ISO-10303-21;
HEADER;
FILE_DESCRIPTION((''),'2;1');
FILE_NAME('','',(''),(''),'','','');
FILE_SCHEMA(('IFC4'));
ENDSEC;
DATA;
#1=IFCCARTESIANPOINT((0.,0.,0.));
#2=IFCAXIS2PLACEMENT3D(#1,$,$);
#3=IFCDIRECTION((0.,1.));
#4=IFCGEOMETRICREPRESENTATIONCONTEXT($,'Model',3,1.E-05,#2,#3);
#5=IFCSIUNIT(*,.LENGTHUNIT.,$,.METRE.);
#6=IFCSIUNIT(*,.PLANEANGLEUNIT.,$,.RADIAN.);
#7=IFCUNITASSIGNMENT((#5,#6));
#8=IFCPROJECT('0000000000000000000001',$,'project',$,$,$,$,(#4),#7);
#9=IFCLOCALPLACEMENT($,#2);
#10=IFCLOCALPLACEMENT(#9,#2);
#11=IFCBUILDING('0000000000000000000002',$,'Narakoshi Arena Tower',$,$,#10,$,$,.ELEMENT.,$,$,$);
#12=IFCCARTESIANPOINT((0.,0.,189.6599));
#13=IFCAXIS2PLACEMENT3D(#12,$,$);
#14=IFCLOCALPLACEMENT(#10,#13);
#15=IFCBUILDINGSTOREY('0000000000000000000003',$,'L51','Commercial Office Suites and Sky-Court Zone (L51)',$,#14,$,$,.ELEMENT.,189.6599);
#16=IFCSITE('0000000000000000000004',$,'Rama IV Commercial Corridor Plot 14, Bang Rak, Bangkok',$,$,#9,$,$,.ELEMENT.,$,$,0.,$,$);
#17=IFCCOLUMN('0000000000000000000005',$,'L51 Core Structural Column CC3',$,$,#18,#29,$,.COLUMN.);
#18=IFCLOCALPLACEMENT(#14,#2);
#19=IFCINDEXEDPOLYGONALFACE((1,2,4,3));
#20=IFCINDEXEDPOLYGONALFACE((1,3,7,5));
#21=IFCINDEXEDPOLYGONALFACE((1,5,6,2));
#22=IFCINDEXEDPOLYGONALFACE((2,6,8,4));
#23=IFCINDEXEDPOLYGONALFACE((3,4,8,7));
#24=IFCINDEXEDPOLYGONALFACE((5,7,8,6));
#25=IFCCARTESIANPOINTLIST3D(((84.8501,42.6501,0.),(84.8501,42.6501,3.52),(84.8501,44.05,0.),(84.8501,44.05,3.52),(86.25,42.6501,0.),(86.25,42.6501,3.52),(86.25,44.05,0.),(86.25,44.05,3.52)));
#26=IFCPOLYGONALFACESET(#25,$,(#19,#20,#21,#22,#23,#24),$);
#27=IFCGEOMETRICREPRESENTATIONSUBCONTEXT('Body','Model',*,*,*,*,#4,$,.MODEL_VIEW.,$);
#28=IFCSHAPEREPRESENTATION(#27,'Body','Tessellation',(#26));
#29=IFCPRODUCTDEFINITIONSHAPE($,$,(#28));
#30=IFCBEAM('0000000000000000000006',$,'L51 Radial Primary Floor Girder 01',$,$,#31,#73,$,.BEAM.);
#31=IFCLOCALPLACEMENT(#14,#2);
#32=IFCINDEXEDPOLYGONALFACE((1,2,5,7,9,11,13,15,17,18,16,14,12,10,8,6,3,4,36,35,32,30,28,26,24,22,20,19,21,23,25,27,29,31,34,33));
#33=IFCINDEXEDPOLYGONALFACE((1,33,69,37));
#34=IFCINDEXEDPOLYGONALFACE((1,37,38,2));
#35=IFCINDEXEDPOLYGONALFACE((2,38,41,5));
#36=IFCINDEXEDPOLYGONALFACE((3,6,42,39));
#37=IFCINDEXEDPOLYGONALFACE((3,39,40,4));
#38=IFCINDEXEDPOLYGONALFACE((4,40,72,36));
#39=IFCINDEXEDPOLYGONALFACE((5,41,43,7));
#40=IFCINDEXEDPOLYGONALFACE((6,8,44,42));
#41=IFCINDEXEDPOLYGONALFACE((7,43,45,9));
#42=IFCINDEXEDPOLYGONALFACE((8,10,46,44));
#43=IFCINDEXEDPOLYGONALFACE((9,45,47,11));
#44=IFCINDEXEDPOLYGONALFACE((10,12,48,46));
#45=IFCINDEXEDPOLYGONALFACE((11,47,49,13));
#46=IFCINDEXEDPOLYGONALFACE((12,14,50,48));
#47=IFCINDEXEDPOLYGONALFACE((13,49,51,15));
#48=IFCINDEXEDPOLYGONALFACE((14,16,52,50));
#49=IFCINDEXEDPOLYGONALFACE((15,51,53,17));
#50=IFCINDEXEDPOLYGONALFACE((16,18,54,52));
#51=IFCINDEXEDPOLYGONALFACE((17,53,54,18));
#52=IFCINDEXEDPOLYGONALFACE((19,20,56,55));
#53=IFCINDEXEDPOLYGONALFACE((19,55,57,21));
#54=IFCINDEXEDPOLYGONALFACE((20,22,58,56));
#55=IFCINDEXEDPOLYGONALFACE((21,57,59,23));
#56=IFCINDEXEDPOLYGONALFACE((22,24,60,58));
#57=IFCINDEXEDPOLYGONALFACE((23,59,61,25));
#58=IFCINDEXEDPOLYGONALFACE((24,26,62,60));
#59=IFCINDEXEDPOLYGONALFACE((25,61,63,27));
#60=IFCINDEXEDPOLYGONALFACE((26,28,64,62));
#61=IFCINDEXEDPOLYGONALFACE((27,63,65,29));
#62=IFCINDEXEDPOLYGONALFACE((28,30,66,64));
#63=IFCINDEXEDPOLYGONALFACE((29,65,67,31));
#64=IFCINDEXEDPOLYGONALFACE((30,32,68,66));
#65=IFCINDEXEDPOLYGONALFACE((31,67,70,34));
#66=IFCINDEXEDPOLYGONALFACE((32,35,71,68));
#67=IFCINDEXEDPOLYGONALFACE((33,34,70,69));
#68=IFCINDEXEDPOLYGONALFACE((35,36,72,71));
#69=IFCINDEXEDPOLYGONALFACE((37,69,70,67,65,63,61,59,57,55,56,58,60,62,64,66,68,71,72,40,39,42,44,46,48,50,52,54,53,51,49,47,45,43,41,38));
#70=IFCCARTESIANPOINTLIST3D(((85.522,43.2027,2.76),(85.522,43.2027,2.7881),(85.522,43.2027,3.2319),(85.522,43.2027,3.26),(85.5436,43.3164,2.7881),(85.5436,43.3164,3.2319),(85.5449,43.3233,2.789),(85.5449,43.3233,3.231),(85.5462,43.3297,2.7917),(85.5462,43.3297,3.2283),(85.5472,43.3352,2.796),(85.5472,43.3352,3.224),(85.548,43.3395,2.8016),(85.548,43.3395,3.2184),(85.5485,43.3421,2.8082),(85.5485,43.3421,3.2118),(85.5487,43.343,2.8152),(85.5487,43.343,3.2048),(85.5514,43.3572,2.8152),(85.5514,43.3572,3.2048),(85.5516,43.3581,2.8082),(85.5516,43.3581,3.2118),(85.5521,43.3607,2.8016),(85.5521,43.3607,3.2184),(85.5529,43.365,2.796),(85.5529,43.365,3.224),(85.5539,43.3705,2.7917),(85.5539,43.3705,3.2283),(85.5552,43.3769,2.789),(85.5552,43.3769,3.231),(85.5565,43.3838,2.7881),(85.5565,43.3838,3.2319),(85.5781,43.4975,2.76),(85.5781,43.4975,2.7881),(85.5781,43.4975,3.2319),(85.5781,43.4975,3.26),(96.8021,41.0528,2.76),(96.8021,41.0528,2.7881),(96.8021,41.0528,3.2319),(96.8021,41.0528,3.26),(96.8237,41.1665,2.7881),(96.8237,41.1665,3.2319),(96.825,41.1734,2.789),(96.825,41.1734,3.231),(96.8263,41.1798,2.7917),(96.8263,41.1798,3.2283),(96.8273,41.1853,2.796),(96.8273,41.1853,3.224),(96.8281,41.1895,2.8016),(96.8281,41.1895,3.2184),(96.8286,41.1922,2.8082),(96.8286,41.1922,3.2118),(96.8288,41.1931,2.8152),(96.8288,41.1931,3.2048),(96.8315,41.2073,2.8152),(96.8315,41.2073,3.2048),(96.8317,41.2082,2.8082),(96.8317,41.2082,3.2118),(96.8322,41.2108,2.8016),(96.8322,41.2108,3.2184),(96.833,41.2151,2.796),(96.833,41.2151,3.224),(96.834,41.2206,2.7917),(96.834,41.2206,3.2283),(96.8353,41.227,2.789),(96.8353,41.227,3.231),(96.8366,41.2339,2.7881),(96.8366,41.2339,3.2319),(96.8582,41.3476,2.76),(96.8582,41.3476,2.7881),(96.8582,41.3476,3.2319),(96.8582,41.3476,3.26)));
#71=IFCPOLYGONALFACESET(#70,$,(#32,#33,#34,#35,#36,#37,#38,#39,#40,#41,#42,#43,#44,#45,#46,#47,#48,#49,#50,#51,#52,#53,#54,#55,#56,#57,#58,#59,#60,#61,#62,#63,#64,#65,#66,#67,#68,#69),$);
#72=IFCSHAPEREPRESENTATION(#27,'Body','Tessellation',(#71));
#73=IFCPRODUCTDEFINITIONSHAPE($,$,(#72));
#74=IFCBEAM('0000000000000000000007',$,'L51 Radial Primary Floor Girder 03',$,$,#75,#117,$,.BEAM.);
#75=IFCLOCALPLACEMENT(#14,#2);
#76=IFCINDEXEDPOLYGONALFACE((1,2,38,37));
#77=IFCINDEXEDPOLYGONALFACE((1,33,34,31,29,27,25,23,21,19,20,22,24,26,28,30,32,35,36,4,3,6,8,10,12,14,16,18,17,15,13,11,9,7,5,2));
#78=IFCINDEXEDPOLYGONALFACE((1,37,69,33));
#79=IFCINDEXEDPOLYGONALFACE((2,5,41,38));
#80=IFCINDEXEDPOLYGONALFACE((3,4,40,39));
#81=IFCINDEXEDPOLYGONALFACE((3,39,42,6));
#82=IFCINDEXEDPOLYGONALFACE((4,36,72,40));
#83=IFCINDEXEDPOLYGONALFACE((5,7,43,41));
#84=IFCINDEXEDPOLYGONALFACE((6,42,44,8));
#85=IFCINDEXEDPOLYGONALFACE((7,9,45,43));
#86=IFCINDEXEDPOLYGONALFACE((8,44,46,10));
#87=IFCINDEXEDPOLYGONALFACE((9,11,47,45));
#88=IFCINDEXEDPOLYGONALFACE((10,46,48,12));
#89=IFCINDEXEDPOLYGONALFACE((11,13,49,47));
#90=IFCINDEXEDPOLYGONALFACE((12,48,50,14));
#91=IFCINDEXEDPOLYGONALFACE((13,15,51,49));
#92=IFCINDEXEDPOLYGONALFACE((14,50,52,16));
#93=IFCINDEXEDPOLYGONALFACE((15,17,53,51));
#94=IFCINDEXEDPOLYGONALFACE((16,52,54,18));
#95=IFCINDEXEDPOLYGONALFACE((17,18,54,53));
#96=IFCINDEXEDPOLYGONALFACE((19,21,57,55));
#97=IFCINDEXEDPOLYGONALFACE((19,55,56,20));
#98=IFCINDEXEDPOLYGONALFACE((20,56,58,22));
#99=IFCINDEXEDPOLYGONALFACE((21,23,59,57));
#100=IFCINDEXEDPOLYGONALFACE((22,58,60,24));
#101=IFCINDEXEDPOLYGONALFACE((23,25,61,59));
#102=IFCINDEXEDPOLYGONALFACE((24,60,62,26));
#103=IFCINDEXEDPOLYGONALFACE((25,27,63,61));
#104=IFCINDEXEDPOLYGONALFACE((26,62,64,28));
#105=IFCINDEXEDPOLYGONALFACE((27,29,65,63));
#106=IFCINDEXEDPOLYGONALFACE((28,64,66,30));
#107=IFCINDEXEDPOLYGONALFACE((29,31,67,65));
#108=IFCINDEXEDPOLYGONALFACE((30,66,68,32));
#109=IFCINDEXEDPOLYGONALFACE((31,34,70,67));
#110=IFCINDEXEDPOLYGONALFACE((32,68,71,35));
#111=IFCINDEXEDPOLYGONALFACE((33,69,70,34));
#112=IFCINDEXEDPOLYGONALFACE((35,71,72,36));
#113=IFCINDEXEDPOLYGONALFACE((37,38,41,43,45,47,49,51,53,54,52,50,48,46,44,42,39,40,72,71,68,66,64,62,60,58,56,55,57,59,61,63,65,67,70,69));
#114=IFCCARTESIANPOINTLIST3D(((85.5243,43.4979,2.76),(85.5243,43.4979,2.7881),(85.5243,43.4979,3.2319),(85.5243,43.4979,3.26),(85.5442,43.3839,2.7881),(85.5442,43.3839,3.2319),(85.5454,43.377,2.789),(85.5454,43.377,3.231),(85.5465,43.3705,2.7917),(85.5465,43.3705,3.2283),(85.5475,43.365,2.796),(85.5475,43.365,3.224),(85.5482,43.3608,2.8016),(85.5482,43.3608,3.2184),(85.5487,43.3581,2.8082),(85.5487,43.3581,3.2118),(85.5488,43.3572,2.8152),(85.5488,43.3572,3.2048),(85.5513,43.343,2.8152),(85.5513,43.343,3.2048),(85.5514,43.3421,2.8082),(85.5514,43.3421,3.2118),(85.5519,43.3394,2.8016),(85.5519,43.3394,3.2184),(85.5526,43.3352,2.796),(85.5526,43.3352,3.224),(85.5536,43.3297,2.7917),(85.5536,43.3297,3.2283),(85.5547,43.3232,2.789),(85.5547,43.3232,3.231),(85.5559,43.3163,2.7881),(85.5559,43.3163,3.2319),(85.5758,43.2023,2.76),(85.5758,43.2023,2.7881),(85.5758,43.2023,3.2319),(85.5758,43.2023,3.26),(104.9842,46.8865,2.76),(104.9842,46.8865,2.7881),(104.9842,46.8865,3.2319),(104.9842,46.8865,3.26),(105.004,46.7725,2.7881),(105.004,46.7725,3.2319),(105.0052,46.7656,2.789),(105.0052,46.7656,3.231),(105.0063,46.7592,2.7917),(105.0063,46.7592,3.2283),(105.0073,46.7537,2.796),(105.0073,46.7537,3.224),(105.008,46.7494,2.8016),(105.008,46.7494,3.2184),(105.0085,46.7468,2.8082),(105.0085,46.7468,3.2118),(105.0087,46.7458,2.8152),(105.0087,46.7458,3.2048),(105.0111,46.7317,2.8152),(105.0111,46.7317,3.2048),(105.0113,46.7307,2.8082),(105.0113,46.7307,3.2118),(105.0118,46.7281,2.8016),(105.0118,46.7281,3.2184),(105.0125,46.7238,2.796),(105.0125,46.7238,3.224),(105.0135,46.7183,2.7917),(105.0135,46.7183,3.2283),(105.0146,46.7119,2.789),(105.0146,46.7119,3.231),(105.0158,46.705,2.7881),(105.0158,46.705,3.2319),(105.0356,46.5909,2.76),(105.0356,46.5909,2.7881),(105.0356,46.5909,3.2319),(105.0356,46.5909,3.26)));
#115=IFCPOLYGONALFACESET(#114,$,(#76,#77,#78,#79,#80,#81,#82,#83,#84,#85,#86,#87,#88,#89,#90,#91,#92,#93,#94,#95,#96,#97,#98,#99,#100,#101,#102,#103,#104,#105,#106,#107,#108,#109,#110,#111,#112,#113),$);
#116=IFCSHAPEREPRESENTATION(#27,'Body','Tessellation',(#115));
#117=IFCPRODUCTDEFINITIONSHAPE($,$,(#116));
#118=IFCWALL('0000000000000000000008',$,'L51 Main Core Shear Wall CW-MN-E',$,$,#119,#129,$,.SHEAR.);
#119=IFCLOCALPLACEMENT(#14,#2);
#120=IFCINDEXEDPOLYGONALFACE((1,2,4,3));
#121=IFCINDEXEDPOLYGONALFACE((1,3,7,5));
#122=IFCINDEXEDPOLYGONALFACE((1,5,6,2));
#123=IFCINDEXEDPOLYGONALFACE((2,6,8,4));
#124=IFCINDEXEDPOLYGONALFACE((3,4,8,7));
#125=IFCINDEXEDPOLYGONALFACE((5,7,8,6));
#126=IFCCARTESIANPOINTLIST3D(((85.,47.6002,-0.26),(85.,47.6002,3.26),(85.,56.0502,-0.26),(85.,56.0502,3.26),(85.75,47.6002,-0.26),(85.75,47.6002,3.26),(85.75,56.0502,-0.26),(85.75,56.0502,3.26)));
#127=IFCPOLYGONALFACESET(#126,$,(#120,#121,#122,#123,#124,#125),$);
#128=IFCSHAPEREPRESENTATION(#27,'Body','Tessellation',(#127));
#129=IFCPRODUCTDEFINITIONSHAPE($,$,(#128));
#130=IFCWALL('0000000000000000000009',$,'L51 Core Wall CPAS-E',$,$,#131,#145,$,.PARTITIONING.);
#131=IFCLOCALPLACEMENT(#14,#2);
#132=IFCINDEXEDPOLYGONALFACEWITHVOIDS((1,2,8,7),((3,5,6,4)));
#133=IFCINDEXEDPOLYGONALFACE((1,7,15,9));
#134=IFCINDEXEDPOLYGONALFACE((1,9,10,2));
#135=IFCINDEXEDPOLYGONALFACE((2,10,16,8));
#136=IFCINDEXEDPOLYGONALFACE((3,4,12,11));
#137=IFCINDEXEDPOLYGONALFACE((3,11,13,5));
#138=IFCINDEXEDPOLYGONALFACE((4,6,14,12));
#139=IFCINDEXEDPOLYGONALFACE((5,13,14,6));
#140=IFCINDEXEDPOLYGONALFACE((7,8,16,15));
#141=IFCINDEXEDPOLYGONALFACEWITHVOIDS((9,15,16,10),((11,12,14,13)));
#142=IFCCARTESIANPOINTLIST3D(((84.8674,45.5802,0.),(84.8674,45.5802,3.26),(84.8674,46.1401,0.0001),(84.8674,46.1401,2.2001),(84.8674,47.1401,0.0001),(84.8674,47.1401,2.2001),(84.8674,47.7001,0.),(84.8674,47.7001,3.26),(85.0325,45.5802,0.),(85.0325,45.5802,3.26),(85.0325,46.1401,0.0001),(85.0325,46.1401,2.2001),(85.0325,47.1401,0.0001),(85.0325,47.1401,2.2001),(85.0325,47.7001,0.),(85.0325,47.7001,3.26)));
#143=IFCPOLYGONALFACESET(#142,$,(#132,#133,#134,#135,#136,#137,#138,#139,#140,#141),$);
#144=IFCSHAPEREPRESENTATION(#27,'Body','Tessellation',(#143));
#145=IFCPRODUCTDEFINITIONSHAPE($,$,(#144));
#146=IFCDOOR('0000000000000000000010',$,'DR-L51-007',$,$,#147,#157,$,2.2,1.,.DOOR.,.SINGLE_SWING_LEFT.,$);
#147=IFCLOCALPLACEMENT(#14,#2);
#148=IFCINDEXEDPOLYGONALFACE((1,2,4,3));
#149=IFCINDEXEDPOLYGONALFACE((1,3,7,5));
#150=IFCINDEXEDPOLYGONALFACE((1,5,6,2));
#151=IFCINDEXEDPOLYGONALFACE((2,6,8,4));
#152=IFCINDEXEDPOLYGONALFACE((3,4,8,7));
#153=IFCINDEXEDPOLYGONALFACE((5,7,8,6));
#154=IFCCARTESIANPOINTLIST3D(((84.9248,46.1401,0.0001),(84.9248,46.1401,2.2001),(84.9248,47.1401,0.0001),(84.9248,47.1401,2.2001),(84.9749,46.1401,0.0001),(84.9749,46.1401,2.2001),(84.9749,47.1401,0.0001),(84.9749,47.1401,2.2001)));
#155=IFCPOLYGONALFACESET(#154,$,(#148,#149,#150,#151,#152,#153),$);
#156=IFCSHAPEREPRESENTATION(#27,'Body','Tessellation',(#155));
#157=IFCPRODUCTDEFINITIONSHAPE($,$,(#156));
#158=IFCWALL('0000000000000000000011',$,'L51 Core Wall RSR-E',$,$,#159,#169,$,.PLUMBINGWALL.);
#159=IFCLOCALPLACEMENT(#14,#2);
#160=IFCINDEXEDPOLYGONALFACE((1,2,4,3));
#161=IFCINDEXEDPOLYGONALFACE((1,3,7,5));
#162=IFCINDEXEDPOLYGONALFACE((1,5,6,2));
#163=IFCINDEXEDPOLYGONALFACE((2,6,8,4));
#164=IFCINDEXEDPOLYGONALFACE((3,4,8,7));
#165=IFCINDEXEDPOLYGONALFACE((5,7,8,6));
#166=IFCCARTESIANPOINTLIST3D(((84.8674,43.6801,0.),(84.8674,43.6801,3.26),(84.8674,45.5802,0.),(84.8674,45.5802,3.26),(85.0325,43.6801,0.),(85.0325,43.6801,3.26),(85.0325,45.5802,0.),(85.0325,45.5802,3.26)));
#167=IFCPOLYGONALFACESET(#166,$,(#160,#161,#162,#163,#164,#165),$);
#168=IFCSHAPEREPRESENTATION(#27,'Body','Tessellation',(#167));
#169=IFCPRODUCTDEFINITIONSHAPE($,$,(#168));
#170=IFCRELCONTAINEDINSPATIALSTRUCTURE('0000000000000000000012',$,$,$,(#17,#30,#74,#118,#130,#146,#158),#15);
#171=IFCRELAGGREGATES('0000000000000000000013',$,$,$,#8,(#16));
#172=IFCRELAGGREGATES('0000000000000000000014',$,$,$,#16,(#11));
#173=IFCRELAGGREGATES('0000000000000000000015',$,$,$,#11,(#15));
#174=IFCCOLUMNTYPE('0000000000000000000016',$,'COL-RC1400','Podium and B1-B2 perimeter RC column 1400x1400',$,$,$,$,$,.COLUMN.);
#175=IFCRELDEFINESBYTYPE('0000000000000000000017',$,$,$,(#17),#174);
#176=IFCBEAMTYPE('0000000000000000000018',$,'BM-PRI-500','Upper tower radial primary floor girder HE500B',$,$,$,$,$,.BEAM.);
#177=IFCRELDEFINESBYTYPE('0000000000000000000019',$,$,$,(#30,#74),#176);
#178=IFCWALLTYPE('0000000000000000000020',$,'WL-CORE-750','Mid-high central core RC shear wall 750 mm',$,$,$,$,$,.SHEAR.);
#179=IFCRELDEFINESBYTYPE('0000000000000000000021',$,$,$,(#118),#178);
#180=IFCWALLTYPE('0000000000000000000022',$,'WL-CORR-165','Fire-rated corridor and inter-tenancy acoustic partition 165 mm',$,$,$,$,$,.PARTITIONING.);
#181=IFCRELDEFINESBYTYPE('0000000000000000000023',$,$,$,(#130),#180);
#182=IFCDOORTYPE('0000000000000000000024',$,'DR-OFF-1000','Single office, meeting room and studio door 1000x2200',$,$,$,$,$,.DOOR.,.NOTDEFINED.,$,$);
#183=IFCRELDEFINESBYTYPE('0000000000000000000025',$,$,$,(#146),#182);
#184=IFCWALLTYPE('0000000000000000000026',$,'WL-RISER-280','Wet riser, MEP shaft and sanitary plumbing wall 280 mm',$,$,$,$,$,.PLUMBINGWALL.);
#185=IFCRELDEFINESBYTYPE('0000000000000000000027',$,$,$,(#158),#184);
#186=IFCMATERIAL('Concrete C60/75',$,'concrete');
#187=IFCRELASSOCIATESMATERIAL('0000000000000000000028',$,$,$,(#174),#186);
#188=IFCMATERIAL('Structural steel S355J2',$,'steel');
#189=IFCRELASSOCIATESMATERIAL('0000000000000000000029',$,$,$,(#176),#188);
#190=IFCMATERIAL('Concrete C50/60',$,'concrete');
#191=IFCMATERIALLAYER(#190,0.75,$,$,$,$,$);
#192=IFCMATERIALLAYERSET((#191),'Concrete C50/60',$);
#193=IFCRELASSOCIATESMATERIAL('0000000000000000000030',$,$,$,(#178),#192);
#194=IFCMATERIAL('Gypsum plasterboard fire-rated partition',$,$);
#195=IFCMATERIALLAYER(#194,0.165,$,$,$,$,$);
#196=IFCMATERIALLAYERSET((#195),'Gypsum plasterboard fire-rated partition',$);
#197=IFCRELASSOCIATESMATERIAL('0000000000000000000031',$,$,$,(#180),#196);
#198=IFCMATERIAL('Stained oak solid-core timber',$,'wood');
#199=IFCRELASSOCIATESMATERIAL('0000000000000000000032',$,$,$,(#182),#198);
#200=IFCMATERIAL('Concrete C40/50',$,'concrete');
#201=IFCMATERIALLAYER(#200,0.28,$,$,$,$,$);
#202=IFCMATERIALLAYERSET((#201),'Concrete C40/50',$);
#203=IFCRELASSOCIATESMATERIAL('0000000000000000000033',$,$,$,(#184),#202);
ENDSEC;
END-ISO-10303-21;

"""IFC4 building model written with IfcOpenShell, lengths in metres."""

from ifc_helpers import new_model, si_unit, direction, frame, frame_2d, origin, origin_2d, place, context, subcontext, project, spatial, rectangle, i_section, extrude, material, layer, layer_set, material_profile, profile_set, type_object, element, fill, save


model = new_model("IFC4")

# Units and contexts
model_context = context("Model", 3, precision=1e-05, world=origin(), true_north=direction((0.0, 1.0)))
body_context = subcontext(model_context, "Body", "Model", "MODEL_VIEW")
ifc_project = project(units=[si_unit("LENGTHUNIT", "METRE"), si_unit("PLANEANGLEUNIT", "RADIAN")], contexts=[model_context])

# Site, building, storey
site_placement = place(None, origin())
site = spatial("IfcSite", under=ifc_project, at=site_placement, Name="Rama IV Commercial Corridor Plot 14, Bang Rak, Bangkok", CompositionType="ELEMENT", RefElevation=0.0)
building_placement = place(site_placement, origin())
building = spatial("IfcBuilding", under=site, at=building_placement, Name="Narakoshi Arena Tower", CompositionType="ELEMENT")
storey_placement = place(building_placement, frame((0.0, 0.0, 189.6599)))
storey = spatial("IfcBuildingStorey", under=building, at=storey_placement, Name="L51", Description="Commercial Office Suites and Sky-Court Zone (L51)", CompositionType="ELEMENT", Elevation=189.6599)

# Column
ifc_material_1 = material(Name="Concrete C60/75", Category="concrete")
ifc_material_profile_1 = material_profile(ifc_material_1, rectangle(XDim=1.3999, YDim=1.3999, at=origin_2d()), Name="RC1400x1400")
ifc_profile_set_1 = profile_set([ifc_material_profile_1], Name="Concrete C60/75")
column_type = type_object("IfcColumnType", Name="COL-RC1400", Description="Podium and B1-B2 perimeter RC column 1400x1400", PredefinedType="COLUMN", material=ifc_profile_set_1)
column_placement = place(storey_placement, frame((85.55, 43.3501, 0.0), z_axis=(0.0, 0.0, 1.0), x_axis=(1.0, 0.0, 0.0)))
element("IfcColumn", 1, at=column_placement, inside=storey, type_object=column_type, Name="L51 Core Structural Column CC3", PredefinedType="COLUMN", context=body_context, shape_type="SweptSolid", body=[
    extrude(rectangle(XDim=1.3999, YDim=1.3999, at=origin_2d()), origin(), (0.0, 0.0, 1.0), 3.52),
])

# Beams
ifc_material_2 = material(Name="Structural steel S355J2", Category="steel")
ifc_material_profile_2 = material_profile(ifc_material_2, i_section(OverallWidth=0.3, OverallDepth=0.5, WebThickness=0.0144, FlangeThickness=0.0281, FilletRadius=0.0271, at=origin_2d()), Name="HE500B")
ifc_profile_set_2 = profile_set([ifc_material_profile_2], Name="Structural steel S355J2")
beam_type = type_object("IfcBeamType", Name="BM-PRI-500", Description="Upper tower radial primary floor girder HE500B", PredefinedType="BEAM", material=ifc_profile_set_2)
beam_1_placement = place(storey_placement, frame((85.55, 43.3501, 3.01), z_axis=(0.982317, -0.187223, 0.0), x_axis=(0.187223, 0.982317, 0.0)))
element("IfcBeam", 2, at=beam_1_placement, inside=storey, type_object=beam_type, Name="L51 Radial Primary Floor Girder 01", PredefinedType="BEAM", context=body_context, shape_type="SweptSolid", body=[
    extrude(i_section(OverallWidth=0.3, OverallDepth=0.5, WebThickness=0.0144, FlangeThickness=0.0281, FilletRadius=0.0271, at=origin_2d()), origin(), (0.0, 0.0, 1.0), 11.4832),
])
beam_2_placement = place(storey_placement, frame((85.55, 43.3501, 3.01), z_axis=(0.985175, 0.171554, 0.0), x_axis=(-0.171554, 0.985175, 0.0)))
element("IfcBeam", 3, at=beam_2_placement, inside=storey, type_object=beam_type, Name="L51 Radial Primary Floor Girder 03", PredefinedType="BEAM", context=body_context, shape_type="SweptSolid", body=[
    extrude(i_section(OverallWidth=0.3, OverallDepth=0.5, WebThickness=0.0144, FlangeThickness=0.0281, FilletRadius=0.0271, at=origin_2d()), origin(), (0.0, 0.0, 1.0), 19.7527),
])

# Wall
ifc_material_3 = material(Name="Concrete C50/60", Category="concrete")
ifc_layer_1 = layer(ifc_material_3, 0.75)
ifc_layer_set_1 = layer_set([ifc_layer_1], Name="Concrete C50/60")
wall_type_1 = type_object("IfcWallType", Name="WL-CORE-750", Description="Mid-high central core RC shear wall 750 mm", PredefinedType="SHEAR", material=ifc_layer_set_1)
wall_1_placement = place(storey_placement, frame((85.375, 47.6001, -0.26), z_axis=(0.0, 0.0, 1.0), x_axis=(0.0, 1.0, 0.0)))
element("IfcWall", 4, at=wall_1_placement, inside=storey, type_object=wall_type_1, Name="L51 Main Core Shear Wall CW-MN-E", PredefinedType="SHEAR", context=body_context, shape_type="SweptSolid", body=[
    extrude(rectangle(XDim=8.45, YDim=0.75, at=frame_2d((4.2251, 0.0))), origin(), (0.0, 0.0, 1.0), 3.52),
])

# Wall, opening, door
ifc_material_4 = material(Name="Gypsum plasterboard fire-rated partition")
ifc_layer_2 = layer(ifc_material_4, 0.165)
ifc_layer_set_2 = layer_set([ifc_layer_2], Name="Gypsum plasterboard fire-rated partition")
wall_type_2 = type_object("IfcWallType", Name="WL-CORR-165", Description="Fire-rated corridor and inter-tenancy acoustic partition 165 mm", PredefinedType="PARTITIONING", material=ifc_layer_set_2)
wall_2_placement = place(storey_placement, frame((84.95, 45.5801, 0.0), z_axis=(0.0, 0.0, 1.0), x_axis=(0.0, 1.0, 0.0)))
wall_2 = element("IfcWall", 5, at=wall_2_placement, inside=storey, type_object=wall_type_2, Name="L51 Core Wall CPAS-E", PredefinedType="PARTITIONING", context=body_context, shape_type="SweptSolid", body=[
    extrude(rectangle(XDim=2.1199, YDim=0.165, at=frame_2d((1.0601, 0.0))), origin(), (0.0, 0.0, 1.0), 3.26),
])
opening_1_placement = place(wall_2_placement, frame((0.5601, 0.0, 0.0)))
opening_1 = element("IfcOpeningElement", 6, at=opening_1_placement, cuts=wall_2, PredefinedType="OPENING", context=body_context, shape_type="SweptSolid", body=[
    extrude(rectangle(XDim=1.0, YDim=2.2, at=frame_2d((0.5, 1.1001))), frame((0.0, 0.0925, 0.0), z_axis=(0.0, -1.0, 0.0), x_axis=(1.0, 0.0, 0.0)), (0.0, 0.0, 1.0), 0.1851),
])
ifc_material_5 = material(Name="Stained oak solid-core timber", Category="wood")
door_type_1 = type_object("IfcDoorType", Name="DR-OFF-1000", Description="Single office, meeting room and studio door 1000x2200", OperationType="NOTDEFINED", PredefinedType="DOOR", material=ifc_material_5)
door_1_placement = place(opening_1_placement, frame((1.0, 0.0, 0.0), z_axis=(0.0, 0.0, 1.0), x_axis=(-1.0, 0.0, 0.0)))
door_1 = element("IfcDoor", 7, at=door_1_placement, inside=storey, type_object=door_type_1, Name="DR-L51-007", OperationType="SINGLE_SWING_LEFT", OverallHeight=2.2, OverallWidth=1.0, PredefinedType="DOOR", context=body_context, shape_type="SweptSolid", body=[
    extrude(rectangle(XDim=1.0, YDim=2.2, at=frame_2d((0.5, 1.1001))), frame((0.0, 0.0249, 0.0), z_axis=(0.0, -1.0, 0.0), x_axis=(1.0, 0.0, 0.0)), (0.0, 0.0, 1.0), 0.05),
])
fill(opening_1, door_1)

# Wall
ifc_material_6 = material(Name="Concrete C40/50", Category="concrete")
ifc_layer_3 = layer(ifc_material_6, 0.28)
ifc_layer_set_3 = layer_set([ifc_layer_3], Name="Concrete C40/50")
wall_type_3 = type_object("IfcWallType", Name="WL-RISER-280", Description="Wet riser, MEP shaft and sanitary plumbing wall 280 mm", PredefinedType="PLUMBINGWALL", material=ifc_layer_set_3)
wall_3_placement = place(storey_placement, frame((84.95, 43.6799, 0.0), z_axis=(0.0, 0.0, 1.0), x_axis=(0.0, 1.0, 0.0)))
element("IfcWall", 8, at=wall_3_placement, inside=storey, type_object=wall_type_3, Name="L51 Core Wall RSR-E", PredefinedType="PLUMBINGWALL", context=body_context, shape_type="SweptSolid", body=[
    extrude(rectangle(XDim=1.9001, YDim=0.165, at=frame_2d((0.9502, 0.0))), origin(), (0.0, 0.0, 1.0), 3.26),
])

save(model, "model.ifc")
